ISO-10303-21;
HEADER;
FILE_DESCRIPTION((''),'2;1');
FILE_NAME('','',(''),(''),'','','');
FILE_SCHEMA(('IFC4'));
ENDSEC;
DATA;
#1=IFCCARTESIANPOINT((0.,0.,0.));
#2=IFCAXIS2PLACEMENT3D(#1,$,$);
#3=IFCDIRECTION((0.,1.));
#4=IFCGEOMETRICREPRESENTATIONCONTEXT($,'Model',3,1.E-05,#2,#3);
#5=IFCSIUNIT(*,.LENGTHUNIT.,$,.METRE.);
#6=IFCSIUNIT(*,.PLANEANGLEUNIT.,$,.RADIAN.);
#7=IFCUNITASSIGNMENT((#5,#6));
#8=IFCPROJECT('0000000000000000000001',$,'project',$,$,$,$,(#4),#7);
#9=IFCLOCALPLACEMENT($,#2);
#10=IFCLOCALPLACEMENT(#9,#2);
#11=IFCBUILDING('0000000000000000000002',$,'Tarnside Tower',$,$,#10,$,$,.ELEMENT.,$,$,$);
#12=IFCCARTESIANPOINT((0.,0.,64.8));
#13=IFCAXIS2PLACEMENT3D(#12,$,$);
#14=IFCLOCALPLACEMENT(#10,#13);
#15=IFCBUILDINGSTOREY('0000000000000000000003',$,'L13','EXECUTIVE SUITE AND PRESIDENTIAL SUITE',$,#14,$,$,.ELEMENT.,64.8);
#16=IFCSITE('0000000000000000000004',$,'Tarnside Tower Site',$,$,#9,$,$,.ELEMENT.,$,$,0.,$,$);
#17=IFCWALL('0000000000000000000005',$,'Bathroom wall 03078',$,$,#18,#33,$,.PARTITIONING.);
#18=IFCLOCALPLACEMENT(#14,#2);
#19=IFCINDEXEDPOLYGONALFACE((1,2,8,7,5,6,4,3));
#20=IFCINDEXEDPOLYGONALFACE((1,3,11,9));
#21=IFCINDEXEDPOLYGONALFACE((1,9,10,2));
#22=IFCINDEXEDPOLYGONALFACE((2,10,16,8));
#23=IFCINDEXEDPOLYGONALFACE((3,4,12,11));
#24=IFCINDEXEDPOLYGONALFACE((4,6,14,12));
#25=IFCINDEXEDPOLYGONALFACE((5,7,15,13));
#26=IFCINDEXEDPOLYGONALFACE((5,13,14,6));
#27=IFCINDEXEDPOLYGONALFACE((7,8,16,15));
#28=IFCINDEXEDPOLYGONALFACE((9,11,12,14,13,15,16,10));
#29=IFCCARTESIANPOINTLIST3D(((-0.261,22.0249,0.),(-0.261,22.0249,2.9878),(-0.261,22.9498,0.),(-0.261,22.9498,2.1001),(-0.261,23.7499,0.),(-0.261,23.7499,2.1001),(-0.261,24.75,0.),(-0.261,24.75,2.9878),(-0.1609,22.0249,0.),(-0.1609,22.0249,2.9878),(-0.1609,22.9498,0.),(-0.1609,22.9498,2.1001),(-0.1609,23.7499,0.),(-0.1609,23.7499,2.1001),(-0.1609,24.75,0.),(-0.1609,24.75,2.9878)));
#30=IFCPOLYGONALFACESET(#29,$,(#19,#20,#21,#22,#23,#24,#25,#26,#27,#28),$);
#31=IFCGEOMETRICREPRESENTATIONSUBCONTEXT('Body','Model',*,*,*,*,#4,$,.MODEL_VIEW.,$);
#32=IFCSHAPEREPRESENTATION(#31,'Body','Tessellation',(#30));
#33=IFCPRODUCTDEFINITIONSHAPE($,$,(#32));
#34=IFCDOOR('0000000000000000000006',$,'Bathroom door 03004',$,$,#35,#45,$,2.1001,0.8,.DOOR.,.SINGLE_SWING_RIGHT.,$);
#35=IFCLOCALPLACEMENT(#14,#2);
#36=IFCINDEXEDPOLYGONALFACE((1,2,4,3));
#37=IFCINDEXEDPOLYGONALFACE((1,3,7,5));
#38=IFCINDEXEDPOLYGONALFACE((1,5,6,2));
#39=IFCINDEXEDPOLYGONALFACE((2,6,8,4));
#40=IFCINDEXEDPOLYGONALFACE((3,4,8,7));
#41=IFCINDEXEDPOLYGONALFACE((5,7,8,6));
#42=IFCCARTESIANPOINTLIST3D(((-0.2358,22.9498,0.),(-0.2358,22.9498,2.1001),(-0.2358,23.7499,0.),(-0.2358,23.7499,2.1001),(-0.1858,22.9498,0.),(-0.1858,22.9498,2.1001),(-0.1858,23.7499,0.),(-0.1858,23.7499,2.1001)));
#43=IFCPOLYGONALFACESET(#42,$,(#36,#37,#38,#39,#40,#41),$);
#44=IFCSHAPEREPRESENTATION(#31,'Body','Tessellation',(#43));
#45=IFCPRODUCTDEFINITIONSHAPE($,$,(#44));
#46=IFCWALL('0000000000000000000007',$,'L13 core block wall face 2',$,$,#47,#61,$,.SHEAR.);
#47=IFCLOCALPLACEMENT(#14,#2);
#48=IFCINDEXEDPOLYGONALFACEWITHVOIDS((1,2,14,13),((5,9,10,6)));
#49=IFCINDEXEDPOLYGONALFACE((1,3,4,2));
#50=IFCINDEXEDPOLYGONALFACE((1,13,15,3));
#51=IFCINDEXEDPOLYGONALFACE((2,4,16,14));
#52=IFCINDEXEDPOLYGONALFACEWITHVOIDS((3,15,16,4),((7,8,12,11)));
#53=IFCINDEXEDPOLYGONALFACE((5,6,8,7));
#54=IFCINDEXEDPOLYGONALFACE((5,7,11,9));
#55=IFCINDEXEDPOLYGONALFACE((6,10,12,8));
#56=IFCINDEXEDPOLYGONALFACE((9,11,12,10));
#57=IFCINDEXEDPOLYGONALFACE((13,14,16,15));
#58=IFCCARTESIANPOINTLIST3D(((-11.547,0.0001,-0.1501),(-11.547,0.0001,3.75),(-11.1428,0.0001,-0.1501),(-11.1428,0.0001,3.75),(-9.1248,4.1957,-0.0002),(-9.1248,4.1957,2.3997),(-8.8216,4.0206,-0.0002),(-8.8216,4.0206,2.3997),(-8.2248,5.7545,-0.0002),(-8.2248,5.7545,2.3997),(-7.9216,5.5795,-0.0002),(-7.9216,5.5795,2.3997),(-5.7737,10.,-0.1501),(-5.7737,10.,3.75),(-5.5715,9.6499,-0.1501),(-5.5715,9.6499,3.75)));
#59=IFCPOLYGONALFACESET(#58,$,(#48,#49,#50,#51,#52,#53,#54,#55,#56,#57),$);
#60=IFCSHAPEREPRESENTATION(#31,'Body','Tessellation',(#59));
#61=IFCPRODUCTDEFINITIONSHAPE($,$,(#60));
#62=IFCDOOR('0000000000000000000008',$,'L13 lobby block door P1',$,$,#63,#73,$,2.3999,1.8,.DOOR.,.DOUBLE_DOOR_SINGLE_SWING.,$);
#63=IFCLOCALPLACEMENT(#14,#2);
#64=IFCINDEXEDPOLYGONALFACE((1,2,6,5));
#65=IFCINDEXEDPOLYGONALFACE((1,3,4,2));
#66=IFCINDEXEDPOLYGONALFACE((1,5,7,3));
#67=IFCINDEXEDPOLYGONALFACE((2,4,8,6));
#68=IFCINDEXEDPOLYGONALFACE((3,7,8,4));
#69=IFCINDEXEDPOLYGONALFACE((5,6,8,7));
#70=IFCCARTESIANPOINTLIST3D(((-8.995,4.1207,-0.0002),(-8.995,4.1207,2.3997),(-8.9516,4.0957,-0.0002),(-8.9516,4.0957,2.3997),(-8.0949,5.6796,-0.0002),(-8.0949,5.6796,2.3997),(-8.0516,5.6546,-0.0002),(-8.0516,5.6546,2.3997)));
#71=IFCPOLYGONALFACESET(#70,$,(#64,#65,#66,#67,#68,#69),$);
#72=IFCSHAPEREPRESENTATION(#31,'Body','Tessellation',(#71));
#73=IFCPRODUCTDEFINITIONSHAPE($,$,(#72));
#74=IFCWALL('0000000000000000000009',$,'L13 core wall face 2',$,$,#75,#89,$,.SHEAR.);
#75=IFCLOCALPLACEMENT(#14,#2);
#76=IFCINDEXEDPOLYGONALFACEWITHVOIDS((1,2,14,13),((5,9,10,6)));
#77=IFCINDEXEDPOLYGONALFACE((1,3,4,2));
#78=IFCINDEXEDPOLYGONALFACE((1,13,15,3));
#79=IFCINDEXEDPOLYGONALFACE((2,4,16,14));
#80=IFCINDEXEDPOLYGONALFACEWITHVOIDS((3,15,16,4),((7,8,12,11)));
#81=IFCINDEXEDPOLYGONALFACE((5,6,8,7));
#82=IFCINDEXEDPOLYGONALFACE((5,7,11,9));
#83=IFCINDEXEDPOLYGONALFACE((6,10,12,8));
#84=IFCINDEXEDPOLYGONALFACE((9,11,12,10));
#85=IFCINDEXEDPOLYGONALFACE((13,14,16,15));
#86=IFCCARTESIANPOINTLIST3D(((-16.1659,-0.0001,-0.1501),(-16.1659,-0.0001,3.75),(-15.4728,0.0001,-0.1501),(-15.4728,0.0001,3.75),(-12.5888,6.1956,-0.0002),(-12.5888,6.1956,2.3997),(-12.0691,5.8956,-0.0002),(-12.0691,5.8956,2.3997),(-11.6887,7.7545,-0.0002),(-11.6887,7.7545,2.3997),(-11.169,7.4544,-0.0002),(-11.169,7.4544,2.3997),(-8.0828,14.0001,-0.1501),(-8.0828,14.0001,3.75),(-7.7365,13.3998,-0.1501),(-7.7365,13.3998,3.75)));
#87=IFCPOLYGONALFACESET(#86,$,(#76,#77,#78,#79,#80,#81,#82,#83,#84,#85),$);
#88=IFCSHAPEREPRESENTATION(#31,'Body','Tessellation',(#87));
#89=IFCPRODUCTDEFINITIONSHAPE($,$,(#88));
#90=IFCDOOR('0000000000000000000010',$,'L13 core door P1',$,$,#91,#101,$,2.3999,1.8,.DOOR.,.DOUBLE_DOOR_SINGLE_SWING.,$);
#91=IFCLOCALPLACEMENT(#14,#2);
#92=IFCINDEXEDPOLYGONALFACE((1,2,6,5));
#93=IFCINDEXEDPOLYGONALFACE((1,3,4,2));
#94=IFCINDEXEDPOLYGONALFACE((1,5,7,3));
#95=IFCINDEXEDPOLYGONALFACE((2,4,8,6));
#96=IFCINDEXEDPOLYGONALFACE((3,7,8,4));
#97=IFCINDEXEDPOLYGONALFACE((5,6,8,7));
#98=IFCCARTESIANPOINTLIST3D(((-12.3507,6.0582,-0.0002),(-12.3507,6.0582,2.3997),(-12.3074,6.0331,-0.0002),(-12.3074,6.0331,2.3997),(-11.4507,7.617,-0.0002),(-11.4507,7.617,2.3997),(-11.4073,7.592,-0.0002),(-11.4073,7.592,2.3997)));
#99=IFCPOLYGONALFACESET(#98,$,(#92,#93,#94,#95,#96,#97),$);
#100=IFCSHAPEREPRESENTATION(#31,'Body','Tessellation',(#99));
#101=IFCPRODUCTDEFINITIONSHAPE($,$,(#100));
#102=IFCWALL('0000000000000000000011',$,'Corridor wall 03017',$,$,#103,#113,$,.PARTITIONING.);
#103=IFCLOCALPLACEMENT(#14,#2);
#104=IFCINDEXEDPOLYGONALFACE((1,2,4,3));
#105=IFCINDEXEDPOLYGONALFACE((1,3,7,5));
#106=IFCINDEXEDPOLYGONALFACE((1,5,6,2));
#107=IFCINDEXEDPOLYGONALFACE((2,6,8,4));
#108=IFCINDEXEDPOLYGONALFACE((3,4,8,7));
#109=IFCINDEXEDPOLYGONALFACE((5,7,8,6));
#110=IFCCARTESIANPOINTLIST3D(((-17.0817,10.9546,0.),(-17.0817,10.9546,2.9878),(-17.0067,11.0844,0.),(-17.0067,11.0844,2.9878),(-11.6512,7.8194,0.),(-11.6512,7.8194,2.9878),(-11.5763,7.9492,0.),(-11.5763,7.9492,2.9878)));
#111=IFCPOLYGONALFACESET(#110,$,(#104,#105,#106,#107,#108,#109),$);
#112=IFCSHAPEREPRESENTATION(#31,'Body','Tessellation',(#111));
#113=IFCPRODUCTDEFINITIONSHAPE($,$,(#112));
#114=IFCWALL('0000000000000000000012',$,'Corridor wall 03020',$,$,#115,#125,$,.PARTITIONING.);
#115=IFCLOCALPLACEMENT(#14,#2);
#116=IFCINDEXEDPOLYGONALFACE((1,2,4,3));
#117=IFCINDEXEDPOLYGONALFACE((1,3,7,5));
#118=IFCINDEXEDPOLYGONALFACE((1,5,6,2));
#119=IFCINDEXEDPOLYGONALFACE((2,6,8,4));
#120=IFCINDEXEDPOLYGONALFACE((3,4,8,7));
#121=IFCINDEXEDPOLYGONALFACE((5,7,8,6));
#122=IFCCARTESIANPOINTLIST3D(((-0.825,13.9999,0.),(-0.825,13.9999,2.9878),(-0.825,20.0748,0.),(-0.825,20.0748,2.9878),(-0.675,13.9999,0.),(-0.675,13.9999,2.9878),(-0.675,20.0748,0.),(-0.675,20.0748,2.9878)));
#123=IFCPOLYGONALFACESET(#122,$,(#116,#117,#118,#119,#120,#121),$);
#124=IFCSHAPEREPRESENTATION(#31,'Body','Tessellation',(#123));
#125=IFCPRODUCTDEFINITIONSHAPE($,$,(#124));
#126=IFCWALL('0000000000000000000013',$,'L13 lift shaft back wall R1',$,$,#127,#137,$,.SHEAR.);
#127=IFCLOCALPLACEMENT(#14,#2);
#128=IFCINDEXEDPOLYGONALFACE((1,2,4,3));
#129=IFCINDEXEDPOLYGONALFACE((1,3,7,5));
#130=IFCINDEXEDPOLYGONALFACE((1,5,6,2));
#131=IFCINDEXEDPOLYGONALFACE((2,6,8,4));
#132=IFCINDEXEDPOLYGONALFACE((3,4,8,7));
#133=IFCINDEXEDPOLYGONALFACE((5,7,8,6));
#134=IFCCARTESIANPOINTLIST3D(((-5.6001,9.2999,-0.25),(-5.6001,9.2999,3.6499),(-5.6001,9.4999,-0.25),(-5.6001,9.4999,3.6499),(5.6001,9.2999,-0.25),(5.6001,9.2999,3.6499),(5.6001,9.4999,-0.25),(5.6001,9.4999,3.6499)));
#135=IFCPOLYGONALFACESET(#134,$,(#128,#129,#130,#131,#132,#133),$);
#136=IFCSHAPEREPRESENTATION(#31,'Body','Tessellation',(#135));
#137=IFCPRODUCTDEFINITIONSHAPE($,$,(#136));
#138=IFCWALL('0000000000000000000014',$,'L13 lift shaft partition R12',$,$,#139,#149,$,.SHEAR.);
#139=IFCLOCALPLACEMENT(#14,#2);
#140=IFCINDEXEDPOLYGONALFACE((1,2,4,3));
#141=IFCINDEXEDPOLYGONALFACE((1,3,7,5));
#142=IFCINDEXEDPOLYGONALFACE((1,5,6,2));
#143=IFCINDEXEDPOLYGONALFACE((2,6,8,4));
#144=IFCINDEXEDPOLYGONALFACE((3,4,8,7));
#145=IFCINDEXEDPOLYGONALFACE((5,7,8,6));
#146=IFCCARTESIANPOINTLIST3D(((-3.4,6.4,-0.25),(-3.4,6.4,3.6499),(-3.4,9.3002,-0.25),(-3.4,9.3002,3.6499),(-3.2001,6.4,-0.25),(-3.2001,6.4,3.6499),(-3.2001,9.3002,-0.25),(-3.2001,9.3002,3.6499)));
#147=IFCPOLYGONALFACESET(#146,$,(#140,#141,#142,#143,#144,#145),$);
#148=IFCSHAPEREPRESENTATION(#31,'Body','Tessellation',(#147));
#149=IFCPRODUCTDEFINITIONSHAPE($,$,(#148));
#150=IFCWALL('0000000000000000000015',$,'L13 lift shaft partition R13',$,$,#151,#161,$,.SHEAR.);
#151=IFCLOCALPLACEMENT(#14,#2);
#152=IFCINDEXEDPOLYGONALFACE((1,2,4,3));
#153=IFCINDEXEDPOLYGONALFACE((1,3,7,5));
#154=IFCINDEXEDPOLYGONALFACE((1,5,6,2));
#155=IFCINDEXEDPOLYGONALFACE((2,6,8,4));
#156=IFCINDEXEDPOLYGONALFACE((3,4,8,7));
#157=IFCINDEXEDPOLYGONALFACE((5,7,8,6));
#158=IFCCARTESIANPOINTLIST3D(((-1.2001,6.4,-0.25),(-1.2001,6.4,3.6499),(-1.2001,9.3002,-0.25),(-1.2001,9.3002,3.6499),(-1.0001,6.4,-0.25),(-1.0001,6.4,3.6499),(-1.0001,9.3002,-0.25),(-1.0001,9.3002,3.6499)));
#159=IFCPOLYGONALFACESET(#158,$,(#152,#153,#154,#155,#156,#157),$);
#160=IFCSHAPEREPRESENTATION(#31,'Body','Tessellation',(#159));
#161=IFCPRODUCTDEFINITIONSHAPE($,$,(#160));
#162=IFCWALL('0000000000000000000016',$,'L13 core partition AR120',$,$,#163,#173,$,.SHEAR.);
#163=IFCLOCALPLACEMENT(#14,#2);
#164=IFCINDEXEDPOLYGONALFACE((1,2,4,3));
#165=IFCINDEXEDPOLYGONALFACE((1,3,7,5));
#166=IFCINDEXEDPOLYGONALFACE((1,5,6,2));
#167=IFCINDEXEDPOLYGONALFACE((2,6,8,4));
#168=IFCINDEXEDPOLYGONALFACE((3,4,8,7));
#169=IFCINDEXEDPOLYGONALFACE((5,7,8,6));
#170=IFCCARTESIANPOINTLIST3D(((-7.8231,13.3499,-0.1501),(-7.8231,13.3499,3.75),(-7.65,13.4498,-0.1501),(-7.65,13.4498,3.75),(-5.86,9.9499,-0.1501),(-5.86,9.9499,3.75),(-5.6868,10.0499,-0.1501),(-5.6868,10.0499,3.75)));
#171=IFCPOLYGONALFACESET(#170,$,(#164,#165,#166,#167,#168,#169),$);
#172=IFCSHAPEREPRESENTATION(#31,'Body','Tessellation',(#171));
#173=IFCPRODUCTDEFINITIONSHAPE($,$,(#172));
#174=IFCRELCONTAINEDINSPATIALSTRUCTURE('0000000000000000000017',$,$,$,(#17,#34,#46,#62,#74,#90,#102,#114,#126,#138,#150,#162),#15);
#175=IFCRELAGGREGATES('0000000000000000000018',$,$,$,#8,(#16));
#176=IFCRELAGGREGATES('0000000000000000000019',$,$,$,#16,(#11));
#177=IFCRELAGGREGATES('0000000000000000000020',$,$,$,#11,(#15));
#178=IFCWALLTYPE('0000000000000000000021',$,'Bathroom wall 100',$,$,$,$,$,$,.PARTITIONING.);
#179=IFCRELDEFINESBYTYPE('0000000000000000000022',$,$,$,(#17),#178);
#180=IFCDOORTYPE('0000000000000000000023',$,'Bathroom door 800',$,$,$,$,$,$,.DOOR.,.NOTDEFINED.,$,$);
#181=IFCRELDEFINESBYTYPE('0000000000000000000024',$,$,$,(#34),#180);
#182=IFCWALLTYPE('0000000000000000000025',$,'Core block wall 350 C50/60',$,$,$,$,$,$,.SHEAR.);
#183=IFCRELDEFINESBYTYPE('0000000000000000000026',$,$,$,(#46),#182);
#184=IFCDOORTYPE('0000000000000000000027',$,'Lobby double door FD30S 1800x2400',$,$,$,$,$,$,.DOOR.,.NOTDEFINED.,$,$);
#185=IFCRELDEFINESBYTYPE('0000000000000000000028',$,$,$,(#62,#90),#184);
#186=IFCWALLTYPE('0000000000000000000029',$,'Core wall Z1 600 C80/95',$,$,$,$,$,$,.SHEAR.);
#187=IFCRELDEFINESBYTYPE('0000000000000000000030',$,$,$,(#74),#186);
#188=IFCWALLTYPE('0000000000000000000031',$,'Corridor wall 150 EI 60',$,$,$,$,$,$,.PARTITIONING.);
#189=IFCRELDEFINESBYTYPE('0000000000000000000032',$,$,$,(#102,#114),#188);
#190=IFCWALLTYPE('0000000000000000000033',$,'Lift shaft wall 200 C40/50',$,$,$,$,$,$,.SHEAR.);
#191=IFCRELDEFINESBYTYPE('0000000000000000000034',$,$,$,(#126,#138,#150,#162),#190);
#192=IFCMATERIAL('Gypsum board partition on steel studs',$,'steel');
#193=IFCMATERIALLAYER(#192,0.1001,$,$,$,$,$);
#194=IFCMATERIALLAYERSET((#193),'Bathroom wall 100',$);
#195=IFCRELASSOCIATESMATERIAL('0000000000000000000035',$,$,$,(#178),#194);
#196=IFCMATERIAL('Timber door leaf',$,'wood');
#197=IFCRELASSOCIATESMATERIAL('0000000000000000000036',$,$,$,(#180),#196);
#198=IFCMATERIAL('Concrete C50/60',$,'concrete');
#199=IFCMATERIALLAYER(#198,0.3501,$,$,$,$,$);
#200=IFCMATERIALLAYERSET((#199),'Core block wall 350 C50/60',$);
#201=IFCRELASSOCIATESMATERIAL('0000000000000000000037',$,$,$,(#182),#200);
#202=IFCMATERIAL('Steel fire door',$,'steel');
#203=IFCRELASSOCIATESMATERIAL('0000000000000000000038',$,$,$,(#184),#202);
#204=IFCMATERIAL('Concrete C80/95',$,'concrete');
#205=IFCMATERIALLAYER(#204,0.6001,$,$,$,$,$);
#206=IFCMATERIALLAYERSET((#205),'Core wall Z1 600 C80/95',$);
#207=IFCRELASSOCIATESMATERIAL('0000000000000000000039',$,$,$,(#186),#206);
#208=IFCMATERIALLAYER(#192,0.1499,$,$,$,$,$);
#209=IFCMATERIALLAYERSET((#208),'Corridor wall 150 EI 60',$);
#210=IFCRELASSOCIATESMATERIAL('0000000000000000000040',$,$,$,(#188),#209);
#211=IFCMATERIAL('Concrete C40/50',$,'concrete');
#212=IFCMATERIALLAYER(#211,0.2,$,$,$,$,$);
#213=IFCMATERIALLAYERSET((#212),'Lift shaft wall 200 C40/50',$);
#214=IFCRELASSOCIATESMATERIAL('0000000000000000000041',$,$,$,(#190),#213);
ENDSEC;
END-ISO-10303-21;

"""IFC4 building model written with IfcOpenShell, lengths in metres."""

from ifc_helpers import new_model, si_unit, direction, frame, frame_2d, origin, place, context, subcontext, project, spatial, polyline, rectangle, outline, extrude, material, layer, layer_set, type_object, element, fill, save


model = new_model("IFC4")

# Units and contexts
model_context = context("Model", 3, precision=1e-05, world=origin(), true_north=direction((0.0, 1.0)))
body_context = subcontext(model_context, "Body", "Model", "MODEL_VIEW")
ifc_project = project(units=[si_unit("LENGTHUNIT", "METRE"), si_unit("PLANEANGLEUNIT", "RADIAN")], contexts=[model_context])

# Site, building, storey
site_placement = place(None, origin())
site = spatial("IfcSite", under=ifc_project, at=site_placement, Name="Tarnside Tower Site", CompositionType="ELEMENT", RefElevation=0.0)
building_placement = place(site_placement, origin())
building = spatial("IfcBuilding", under=site, at=building_placement, Name="Tarnside Tower", CompositionType="ELEMENT")
storey_placement = place(building_placement, frame((0.0, 0.0, 64.8)))
storey = spatial("IfcBuildingStorey", under=building, at=storey_placement, Name="L13", Description="EXECUTIVE SUITE AND PRESIDENTIAL SUITE", CompositionType="ELEMENT", Elevation=64.8)

# Walls, openings, doors
ifc_material_1 = material(Name="Gypsum board partition on steel studs", Category="steel")
ifc_layer_1 = layer(ifc_material_1, 0.1001)
ifc_layer_set_1 = layer_set([ifc_layer_1], Name="Bathroom wall 100")
wall_type_1 = type_object("IfcWallType", Name="Bathroom wall 100", PredefinedType="PARTITIONING", material=ifc_layer_set_1)
wall_1_placement = place(storey_placement, frame((-0.2109, 22.0249, 0.0), z_axis=(0.0, 0.0, 1.0), x_axis=(0.0, 1.0, 0.0)))
wall_1 = element("IfcWall", 1, at=wall_1_placement, inside=storey, type_object=wall_type_1, Name="Bathroom wall 03078", PredefinedType="PARTITIONING", context=body_context, shape_type="SweptSolid", body=[
    extrude(rectangle(XDim=2.7251, YDim=0.1001, at=frame_2d((1.3625, 0.0))), origin(), (0.0, 0.0, 1.0), 2.9878),
])
opening_1_placement = place(wall_1_placement, frame((0.925, 0.0, 0.0)))
opening_1 = element("IfcOpeningElement", 2, at=opening_1_placement, cuts=wall_1, PredefinedType="OPENING", context=body_context, shape_type="SweptSolid", body=[
    extrude(rectangle(XDim=0.8, YDim=2.1001, at=frame_2d((0.3999, 1.05))), frame((0.0, 0.0601, 0.0), z_axis=(0.0, -1.0, 0.0), x_axis=(1.0, 0.0, 0.0)), (0.0, 0.0, 1.0), 0.1201),
])
ifc_material_2 = material(Name="Timber door leaf", Category="wood")
door_type_1 = type_object("IfcDoorType", Name="Bathroom door 800", OperationType="NOTDEFINED", PredefinedType="DOOR", material=ifc_material_2)
door_1_placement = place(opening_1_placement, origin())
door_1 = element("IfcDoor", 3, at=door_1_placement, inside=storey, type_object=door_type_1, Name="Bathroom door 03004", OperationType="SINGLE_SWING_RIGHT", OverallHeight=2.1001, OverallWidth=0.8, PredefinedType="DOOR", context=body_context, shape_type="SweptSolid", body=[
    extrude(rectangle(XDim=0.8, YDim=2.1001, at=frame_2d((0.3999, 1.05))), frame((0.0, 0.0249, 0.0), z_axis=(0.0, -1.0, 0.0), x_axis=(1.0, 0.0, 0.0)), (0.0, 0.0, 1.0), 0.05),
])
fill(opening_1, door_1)
ifc_material_3 = material(Name="Concrete C50/60", Category="concrete")
ifc_layer_2 = layer(ifc_material_3, 0.3501)
ifc_layer_set_2 = layer_set([ifc_layer_2], Name="Core block wall 350 C50/60")
wall_type_2 = type_object("IfcWallType", Name="Core block wall 350 C50/60", PredefinedType="SHEAR", material=ifc_layer_set_2)
wall_2_placement = place(storey_placement, frame((-5.6726, 9.825, -0.1501), z_axis=(0.0, 0.0, 1.0), x_axis=(-0.499995, -0.866028, 0.0)))
wall_2 = element("IfcWall", 4, at=wall_2_placement, inside=storey, type_object=wall_type_2, Name="L13 core block wall face 2", PredefinedType="SHEAR", context=body_context, shape_type="SweptSolid", body=[
    extrude(outline(polyline([(-0.1011, -0.175), (11.4458, -0.175), (11.2437, 0.175), (0.1011, 0.175), (-0.1011, -0.175)])), origin(), (0.0, 0.0, 1.0), 3.9001),
])
opening_2_placement = place(wall_2_placement, frame((4.8013, 0.0, 0.1499)))
opening_2 = element("IfcOpeningElement", 5, at=opening_2_placement, cuts=wall_2, PredefinedType="OPENING", context=body_context, shape_type="SweptSolid", body=[
    extrude(rectangle(XDim=1.8, YDim=2.3999, at=frame_2d((0.8999, 1.2))), frame((0.0, 0.1851, 0.0), z_axis=(0.0, -1.0, 0.0), x_axis=(1.0, 0.0, 0.0)), (0.0, 0.0, 1.0), 0.3701),
])
ifc_material_4 = material(Name="Steel fire door", Category="steel")
door_type_2 = type_object("IfcDoorType", Name="Lobby double door FD30S 1800x2400", OperationType="NOTDEFINED", PredefinedType="DOOR", material=ifc_material_4)
door_2_placement = place(opening_2_placement, origin())
door_2 = element("IfcDoor", 6, at=door_2_placement, inside=storey, type_object=door_type_2, Name="L13 lobby block door P1", OperationType="DOUBLE_DOOR_SINGLE_SWING", OverallHeight=2.3999, OverallWidth=1.8, PredefinedType="DOOR", context=body_context, shape_type="SweptSolid", body=[
    extrude(rectangle(XDim=1.8, YDim=2.3999, at=frame_2d((0.8999, 1.2))), frame((0.0, 0.0249, 0.0), z_axis=(0.0, -1.0, 0.0), x_axis=(1.0, 0.0, 0.0)), (0.0, 0.0, 1.0), 0.05),
])
fill(opening_2, door_2)
ifc_material_5 = material(Name="Concrete C80/95", Category="concrete")
ifc_layer_3 = layer(ifc_material_5, 0.6001)
ifc_layer_set_3 = layer_set([ifc_layer_3], Name="Core wall Z1 600 C80/95")
wall_type_3 = type_object("IfcWallType", Name="Core wall Z1 600 C80/95", PredefinedType="SHEAR", material=ifc_layer_set_3)
wall_3_placement = place(storey_placement, frame((-7.9097, 13.7, -0.1501), z_axis=(0.0, 0.0, 1.0), x_axis=(-0.5, -0.866025, 0.0)))
wall_3 = element("IfcWall", 7, at=wall_3_placement, inside=storey, type_object=wall_type_3, Name="L13 core wall face 2", PredefinedType="SHEAR", context=body_context, shape_type="SweptSolid", body=[
    extrude(outline(polyline([(-0.1733, -0.3), (15.9927, -0.3), (15.646, 0.3), (0.1733, 0.3), (-0.1733, -0.3)])), origin(), (0.0, 0.0, 1.0), 3.9001),
])
opening_3_placement = place(wall_3_placement, frame((7.0386, 0.0, 0.1499)))
opening_3 = element("IfcOpeningElement", 8, at=opening_3_placement, cuts=wall_3, PredefinedType="OPENING", context=body_context, shape_type="SweptSolid", body=[
    extrude(rectangle(XDim=1.8, YDim=2.3999, at=frame_2d((0.8999, 1.2))), frame((0.0, 0.3101, 0.0), z_axis=(0.0, -1.0, 0.0), x_axis=(1.0, 0.0, 0.0)), (0.0, 0.0, 1.0), 0.6201),
])
door_3_placement = place(opening_3_placement, origin())
door_3 = element("IfcDoor", 9, at=door_3_placement, inside=storey, type_object=door_type_2, Name="L13 core door P1", OperationType="DOUBLE_DOOR_SINGLE_SWING", OverallHeight=2.3999, OverallWidth=1.8, PredefinedType="DOOR", context=body_context, shape_type="SweptSolid", body=[
    extrude(rectangle(XDim=1.8, YDim=2.3999, at=frame_2d((0.8999, 1.2))), frame((0.0, 0.0249, 0.0), z_axis=(0.0, -1.0, 0.0), x_axis=(1.0, 0.0, 0.0)), (0.0, 0.0, 1.0), 0.05),
])
fill(opening_3, door_3)

# Walls
ifc_layer_4 = layer(ifc_material_1, 0.1499)
ifc_layer_set_4 = layer_set([ifc_layer_4], Name="Corridor wall 150 EI 60")
wall_type_4 = type_object("IfcWallType", Name="Corridor wall 150 EI 60", PredefinedType="PARTITIONING", material=ifc_layer_set_4)
wall_4_placement = place(storey_placement, frame((-11.6138, 7.8843, 0.0), z_axis=(0.0, 0.0, 1.0), x_axis=(-0.866025, 0.5, 0.0)))
element("IfcWall", 10, at=wall_4_placement, inside=storey, type_object=wall_type_4, Name="Corridor wall 03017", PredefinedType="PARTITIONING", context=body_context, shape_type="SweptSolid", body=[
    extrude(rectangle(XDim=6.2705, YDim=0.1499, at=frame_2d((3.1353, 0.0))), origin(), (0.0, 0.0, 1.0), 2.9878),
])
wall_5_placement = place(storey_placement, frame((-0.75, 20.075, 0.0), z_axis=(0.0, 0.0, 1.0), x_axis=(0.0, -1.0, 0.0)))
element("IfcWall", 11, at=wall_5_placement, inside=storey, type_object=wall_type_4, Name="Corridor wall 03020", PredefinedType="PARTITIONING", context=body_context, shape_type="SweptSolid", body=[
    extrude(rectangle(XDim=6.075, YDim=0.1499, at=frame_2d((3.0376, 0.0))), origin(), (0.0, 0.0, 1.0), 2.9878),
])
ifc_material_6 = material(Name="Concrete C40/50", Category="concrete")
ifc_layer_5 = layer(ifc_material_6, 0.2)
ifc_layer_set_5 = layer_set([ifc_layer_5], Name="Lift shaft wall 200 C40/50")
wall_type_5 = type_object("IfcWallType", Name="Lift shaft wall 200 C40/50", PredefinedType="SHEAR", material=ifc_layer_set_5)
wall_6_placement = place(storey_placement, frame((-5.6001, 9.3999, -0.25), z_axis=(0.0, 0.0, 1.0), x_axis=(1.0, 0.0, 0.0)))
element("IfcWall", 12, at=wall_6_placement, inside=storey, type_object=wall_type_5, Name="L13 lift shaft back wall R1", PredefinedType="SHEAR", context=body_context, shape_type="SweptSolid", body=[
    extrude(rectangle(XDim=11.2002, YDim=0.2, at=frame_2d((5.6001, 0.0))), origin(), (0.0, 0.0, 1.0), 3.8999),
])
for number, where, z_axis, x_axis, name in (
    (13, (-3.3, 6.3999, -0.25), (0.0, 0.0, 1.0), (0.0, 1.0, 0.0), "L13 lift shaft partition R12"),
    (14, (-1.1001, 6.3999, -0.25), (0.0, 0.0, 1.0), (0.0, 1.0, 0.0), "L13 lift shaft partition R13"),
):
    element("IfcWall", number, at=place(storey_placement, frame(where, z_axis=z_axis, x_axis=x_axis)), inside=storey, type_object=wall_type_5, Name=name, PredefinedType="SHEAR", context=body_context, shape_type="SweptSolid", body=[
        extrude(rectangle(XDim=2.9001, YDim=0.2, at=frame_2d((1.4502, 0.0))), origin(), (0.0, 0.0, 1.0), 3.8999),
    ])
wall_7_placement = place(storey_placement, frame((-5.7734, 10.0, -0.1501), z_axis=(0.0, 0.0, 1.0), x_axis=(-0.500038, 0.866003, 0.0)))
element("IfcWall", 15, at=wall_7_placement, inside=storey, type_object=wall_type_5, Name="L13 core partition AR120", PredefinedType="SHEAR", context=body_context, shape_type="SweptSolid", body=[
    extrude(rectangle(XDim=3.926, YDim=0.2, at=frame_2d((1.9629, 0.0))), origin(), (0.0, 0.0, 1.0), 3.9001),
])

save(model, "model.ifc")
